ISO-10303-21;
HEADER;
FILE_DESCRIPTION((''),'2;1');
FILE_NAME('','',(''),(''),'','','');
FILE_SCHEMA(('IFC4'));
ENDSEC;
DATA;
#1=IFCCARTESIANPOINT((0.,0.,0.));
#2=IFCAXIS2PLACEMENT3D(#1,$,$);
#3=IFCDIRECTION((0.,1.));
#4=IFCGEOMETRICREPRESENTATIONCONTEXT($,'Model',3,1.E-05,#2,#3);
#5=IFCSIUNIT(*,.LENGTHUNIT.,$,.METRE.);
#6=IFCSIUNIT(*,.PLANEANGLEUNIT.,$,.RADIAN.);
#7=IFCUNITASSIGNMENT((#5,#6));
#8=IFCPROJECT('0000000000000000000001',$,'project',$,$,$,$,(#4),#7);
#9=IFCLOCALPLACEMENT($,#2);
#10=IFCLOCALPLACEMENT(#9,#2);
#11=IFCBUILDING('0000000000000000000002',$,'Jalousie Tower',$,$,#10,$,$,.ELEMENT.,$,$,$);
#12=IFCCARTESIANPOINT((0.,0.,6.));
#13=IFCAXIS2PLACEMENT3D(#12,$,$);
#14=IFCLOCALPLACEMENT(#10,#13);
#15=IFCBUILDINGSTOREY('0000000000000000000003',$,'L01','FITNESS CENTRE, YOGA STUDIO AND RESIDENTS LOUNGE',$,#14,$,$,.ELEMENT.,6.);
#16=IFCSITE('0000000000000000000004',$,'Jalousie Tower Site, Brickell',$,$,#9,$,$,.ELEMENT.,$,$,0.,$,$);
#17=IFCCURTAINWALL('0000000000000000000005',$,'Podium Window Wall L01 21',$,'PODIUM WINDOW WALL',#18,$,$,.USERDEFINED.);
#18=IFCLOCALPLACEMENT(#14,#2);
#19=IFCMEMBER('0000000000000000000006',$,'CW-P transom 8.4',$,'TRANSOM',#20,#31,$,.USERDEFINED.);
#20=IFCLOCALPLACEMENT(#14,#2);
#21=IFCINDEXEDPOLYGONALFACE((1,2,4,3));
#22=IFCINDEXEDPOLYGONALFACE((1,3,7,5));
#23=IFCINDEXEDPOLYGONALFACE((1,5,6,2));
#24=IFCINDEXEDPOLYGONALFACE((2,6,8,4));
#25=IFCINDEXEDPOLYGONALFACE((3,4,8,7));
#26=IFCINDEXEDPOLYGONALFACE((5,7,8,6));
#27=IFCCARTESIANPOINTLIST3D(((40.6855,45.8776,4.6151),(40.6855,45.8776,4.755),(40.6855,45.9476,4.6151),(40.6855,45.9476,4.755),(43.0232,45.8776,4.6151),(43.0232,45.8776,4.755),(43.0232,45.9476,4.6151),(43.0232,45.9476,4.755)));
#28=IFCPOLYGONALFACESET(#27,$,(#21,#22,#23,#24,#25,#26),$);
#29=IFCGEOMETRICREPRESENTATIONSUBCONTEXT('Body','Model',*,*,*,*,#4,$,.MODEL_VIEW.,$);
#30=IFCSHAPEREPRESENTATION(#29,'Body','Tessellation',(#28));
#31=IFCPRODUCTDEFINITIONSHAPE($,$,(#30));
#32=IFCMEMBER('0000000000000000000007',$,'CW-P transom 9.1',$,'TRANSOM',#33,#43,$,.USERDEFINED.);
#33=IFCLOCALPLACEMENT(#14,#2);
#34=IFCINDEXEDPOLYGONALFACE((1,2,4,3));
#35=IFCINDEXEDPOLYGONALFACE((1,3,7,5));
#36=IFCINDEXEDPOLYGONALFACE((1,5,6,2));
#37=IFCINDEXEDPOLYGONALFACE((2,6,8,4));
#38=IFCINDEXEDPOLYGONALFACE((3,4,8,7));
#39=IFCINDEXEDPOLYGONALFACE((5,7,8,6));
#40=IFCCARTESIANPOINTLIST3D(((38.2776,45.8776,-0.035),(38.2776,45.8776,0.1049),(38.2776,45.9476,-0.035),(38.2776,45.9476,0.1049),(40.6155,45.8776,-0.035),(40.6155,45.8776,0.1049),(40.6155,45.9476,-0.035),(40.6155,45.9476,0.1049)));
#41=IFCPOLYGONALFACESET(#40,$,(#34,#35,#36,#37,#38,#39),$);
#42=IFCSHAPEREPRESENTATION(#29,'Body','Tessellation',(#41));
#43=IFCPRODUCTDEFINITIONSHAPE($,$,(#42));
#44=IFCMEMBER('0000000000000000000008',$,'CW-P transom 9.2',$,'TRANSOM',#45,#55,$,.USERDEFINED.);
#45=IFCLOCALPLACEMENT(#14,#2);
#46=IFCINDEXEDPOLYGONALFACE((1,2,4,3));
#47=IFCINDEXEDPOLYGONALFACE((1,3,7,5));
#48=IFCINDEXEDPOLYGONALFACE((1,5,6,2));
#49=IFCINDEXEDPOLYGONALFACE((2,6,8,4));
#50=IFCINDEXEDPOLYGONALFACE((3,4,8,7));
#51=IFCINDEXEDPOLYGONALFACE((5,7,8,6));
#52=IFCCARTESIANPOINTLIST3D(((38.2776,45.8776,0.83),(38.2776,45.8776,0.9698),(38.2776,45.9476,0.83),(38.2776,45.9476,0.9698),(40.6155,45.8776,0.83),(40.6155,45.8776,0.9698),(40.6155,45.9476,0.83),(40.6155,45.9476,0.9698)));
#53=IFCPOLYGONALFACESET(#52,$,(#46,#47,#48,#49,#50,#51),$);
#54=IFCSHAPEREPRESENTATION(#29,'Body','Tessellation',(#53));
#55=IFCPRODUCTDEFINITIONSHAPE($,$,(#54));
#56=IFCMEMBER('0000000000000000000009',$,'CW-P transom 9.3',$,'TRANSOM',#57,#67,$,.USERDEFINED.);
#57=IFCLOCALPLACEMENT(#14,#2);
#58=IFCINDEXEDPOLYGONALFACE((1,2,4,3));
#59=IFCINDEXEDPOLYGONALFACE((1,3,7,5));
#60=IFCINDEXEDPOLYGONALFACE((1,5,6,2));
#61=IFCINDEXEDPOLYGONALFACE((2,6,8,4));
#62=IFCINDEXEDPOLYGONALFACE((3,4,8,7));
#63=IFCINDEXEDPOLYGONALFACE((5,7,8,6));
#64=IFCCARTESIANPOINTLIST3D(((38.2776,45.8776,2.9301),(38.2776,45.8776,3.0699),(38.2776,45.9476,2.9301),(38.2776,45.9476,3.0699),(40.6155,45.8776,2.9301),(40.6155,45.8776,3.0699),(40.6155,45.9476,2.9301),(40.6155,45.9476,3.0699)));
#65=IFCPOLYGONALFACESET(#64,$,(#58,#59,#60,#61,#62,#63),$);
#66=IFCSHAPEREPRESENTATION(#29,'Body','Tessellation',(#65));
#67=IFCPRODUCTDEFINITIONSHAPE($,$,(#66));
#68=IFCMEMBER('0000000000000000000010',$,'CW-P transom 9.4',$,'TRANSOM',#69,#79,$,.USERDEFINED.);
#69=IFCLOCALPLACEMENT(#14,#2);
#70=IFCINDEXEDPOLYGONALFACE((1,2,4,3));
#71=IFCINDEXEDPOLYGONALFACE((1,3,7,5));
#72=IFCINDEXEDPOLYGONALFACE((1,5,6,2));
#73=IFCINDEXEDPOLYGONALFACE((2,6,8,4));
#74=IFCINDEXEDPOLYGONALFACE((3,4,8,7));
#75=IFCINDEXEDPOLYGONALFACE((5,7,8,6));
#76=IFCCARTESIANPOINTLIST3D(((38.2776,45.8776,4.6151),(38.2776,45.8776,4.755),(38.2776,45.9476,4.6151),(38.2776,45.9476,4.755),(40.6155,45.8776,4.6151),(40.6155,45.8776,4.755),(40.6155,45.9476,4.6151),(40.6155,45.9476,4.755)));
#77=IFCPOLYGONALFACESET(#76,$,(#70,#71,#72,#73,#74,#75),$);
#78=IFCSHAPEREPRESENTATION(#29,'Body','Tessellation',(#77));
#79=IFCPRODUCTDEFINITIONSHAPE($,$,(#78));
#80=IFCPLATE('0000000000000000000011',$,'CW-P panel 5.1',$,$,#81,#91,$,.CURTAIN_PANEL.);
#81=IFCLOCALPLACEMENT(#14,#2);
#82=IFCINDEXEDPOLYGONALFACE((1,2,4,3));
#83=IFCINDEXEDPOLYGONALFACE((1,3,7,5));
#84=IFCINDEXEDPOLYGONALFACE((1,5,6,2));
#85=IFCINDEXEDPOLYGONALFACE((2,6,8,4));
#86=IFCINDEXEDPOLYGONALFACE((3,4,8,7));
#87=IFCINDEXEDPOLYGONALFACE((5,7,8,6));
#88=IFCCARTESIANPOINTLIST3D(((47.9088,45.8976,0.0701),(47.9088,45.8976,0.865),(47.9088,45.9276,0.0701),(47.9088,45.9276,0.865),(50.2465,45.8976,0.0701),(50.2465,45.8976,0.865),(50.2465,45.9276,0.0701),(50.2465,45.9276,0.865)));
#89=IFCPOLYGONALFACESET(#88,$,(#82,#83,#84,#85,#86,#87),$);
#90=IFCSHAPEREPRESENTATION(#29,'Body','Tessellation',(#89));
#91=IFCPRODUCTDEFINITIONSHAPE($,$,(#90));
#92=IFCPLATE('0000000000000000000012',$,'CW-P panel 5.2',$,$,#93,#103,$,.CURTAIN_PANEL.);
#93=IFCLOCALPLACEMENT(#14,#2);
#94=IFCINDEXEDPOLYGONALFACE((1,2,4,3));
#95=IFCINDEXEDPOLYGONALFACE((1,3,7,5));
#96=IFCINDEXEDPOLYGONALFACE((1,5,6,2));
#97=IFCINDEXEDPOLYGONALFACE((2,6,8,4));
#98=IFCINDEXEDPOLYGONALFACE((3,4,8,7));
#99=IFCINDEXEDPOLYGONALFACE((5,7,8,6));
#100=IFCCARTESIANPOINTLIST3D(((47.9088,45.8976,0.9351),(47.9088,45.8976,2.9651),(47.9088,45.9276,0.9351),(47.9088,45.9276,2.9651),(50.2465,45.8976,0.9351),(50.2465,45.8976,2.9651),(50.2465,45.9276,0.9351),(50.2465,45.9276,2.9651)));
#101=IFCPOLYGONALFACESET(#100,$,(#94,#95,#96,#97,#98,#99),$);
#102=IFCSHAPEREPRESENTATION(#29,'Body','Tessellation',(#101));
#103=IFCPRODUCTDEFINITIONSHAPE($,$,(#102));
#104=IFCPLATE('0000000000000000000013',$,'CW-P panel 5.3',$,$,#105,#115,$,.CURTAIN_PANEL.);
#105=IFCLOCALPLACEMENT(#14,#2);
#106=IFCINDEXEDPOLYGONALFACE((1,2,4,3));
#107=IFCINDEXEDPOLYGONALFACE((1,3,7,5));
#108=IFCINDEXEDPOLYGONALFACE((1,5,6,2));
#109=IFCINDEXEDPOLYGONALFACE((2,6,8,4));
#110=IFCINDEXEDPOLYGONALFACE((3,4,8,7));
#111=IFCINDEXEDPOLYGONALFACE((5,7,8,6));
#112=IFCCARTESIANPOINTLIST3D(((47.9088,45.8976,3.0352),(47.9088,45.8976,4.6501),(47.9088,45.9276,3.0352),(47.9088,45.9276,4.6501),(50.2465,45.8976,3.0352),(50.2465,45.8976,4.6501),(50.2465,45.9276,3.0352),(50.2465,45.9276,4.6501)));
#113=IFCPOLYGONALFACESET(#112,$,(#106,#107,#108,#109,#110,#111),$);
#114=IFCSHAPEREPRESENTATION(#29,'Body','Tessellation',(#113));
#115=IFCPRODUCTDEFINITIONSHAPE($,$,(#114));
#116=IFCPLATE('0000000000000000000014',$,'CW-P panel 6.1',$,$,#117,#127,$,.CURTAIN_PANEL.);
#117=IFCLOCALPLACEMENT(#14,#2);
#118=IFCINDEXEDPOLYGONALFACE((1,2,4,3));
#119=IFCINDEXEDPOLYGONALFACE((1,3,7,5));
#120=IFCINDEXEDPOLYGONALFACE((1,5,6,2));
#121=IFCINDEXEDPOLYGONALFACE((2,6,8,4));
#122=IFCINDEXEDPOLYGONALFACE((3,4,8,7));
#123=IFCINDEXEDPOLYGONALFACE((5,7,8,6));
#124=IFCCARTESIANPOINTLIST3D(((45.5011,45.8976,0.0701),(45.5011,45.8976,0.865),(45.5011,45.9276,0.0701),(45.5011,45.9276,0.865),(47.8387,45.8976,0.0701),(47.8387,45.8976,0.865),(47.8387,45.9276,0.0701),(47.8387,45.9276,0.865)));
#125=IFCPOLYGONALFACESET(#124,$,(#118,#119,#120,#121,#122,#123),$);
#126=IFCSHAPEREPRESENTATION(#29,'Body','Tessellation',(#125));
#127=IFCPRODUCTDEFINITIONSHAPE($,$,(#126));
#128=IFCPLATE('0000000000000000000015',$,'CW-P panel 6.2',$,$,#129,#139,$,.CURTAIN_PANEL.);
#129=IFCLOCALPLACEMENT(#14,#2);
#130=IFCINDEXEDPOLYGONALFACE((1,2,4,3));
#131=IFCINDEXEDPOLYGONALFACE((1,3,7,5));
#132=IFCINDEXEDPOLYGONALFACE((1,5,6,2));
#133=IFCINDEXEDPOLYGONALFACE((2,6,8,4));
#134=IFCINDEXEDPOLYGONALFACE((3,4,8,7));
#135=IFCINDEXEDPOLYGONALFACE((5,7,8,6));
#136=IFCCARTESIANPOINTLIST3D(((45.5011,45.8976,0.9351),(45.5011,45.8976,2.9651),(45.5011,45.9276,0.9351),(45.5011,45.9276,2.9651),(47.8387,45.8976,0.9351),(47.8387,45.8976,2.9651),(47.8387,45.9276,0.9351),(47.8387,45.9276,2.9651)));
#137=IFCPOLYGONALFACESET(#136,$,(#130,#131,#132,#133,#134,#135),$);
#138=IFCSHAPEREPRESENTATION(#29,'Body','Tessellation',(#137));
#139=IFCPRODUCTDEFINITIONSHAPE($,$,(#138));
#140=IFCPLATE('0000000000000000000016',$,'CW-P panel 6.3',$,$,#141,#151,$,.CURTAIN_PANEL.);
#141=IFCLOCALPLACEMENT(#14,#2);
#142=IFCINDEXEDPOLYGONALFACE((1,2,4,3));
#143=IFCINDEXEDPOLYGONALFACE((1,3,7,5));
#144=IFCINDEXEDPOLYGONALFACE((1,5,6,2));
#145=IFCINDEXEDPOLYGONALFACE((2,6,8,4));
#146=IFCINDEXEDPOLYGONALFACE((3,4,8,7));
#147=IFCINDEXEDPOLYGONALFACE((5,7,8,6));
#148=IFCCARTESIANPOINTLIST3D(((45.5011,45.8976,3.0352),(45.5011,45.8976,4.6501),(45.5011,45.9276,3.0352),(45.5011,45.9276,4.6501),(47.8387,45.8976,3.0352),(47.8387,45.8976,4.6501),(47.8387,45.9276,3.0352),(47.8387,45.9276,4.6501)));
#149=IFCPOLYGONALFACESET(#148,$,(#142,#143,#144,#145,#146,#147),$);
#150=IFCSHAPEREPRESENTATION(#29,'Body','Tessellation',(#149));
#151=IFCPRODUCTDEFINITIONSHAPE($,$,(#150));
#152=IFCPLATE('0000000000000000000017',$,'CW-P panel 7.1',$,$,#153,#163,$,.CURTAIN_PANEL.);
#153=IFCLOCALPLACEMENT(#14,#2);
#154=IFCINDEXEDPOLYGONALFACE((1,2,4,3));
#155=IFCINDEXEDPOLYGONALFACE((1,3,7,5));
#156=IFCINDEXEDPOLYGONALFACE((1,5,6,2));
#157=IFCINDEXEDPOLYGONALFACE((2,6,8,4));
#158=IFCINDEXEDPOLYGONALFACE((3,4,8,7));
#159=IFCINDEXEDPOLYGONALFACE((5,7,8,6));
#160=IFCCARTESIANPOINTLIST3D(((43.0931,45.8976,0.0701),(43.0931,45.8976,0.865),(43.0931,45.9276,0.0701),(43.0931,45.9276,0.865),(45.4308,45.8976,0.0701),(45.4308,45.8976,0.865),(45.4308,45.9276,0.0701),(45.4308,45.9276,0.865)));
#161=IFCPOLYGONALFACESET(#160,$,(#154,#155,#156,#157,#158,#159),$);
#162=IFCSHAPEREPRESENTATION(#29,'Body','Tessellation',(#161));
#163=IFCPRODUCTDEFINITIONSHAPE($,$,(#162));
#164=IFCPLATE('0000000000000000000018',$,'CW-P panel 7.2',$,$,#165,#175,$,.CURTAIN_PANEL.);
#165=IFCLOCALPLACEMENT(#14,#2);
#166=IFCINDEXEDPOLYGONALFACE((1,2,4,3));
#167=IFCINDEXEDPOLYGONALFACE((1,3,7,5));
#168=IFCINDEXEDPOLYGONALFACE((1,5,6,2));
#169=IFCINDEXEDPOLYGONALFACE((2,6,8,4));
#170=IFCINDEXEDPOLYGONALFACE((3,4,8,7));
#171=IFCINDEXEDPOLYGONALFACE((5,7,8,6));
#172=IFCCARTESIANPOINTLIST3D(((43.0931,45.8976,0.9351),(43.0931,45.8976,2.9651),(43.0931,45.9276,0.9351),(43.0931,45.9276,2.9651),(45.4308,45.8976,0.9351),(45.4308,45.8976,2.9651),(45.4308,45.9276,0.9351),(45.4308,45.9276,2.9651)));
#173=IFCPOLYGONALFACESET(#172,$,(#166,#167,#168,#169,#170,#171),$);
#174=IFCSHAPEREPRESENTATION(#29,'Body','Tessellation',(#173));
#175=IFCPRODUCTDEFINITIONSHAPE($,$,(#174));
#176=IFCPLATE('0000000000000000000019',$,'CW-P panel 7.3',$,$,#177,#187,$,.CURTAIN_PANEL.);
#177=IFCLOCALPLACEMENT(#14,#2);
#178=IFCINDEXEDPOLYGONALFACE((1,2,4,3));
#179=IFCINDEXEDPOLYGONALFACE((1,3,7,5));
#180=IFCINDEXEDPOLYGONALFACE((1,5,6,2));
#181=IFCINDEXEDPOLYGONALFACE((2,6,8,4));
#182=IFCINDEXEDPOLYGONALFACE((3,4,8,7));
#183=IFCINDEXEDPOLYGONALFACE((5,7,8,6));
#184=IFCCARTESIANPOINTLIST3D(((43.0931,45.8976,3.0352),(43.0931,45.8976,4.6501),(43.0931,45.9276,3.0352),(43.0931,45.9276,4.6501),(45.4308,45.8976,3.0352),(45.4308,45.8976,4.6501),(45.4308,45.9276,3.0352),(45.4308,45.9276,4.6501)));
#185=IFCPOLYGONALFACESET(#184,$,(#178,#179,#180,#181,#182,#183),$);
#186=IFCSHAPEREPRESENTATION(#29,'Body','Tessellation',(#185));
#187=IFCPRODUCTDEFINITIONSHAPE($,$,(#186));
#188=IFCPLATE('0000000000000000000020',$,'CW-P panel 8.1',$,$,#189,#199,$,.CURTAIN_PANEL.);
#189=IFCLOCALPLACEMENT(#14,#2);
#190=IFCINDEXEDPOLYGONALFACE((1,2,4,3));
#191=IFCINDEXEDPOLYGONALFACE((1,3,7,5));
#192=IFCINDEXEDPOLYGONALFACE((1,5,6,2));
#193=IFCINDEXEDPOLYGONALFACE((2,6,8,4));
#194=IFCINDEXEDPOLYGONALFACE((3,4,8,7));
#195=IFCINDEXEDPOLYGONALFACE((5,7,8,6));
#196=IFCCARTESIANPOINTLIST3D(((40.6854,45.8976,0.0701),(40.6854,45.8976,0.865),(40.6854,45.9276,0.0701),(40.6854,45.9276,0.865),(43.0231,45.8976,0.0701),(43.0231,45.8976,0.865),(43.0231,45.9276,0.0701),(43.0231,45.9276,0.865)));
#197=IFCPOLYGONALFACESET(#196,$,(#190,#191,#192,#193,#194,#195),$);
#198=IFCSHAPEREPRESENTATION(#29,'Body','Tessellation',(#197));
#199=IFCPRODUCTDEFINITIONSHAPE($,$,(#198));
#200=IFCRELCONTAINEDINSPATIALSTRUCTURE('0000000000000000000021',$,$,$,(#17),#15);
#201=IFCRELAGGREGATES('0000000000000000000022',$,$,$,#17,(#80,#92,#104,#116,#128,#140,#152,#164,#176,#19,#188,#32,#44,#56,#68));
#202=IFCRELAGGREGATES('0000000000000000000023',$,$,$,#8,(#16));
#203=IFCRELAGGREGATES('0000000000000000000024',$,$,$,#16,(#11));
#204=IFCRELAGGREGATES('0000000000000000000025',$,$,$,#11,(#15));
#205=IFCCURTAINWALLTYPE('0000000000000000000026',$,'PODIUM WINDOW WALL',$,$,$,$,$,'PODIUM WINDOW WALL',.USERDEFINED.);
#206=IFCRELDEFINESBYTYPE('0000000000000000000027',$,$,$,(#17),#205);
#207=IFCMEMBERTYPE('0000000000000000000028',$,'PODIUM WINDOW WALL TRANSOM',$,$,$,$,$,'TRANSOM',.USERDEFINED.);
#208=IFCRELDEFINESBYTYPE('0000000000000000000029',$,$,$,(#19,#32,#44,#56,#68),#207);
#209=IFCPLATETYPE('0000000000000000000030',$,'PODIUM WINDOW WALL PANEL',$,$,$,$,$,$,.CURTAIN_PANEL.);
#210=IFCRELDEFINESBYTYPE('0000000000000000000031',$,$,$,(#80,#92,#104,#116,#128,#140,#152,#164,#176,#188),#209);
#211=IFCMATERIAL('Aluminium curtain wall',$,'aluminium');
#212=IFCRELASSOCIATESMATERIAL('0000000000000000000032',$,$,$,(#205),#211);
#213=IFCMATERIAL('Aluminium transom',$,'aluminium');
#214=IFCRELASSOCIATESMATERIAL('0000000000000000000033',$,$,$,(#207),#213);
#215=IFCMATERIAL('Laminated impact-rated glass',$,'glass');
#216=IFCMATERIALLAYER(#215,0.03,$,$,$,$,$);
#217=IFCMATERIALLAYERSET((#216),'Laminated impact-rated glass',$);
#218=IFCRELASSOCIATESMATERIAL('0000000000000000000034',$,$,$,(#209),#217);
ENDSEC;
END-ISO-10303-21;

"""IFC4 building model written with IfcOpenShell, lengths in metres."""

from ifc_helpers import new_model, si_unit, direction, frame, origin, origin_2d, place, context, subcontext, project, spatial, rectangle, extrude, material, layer, layer_set, material_profile, profile_set, type_object, element, aggregate, save


model = new_model("IFC4")

# Units and contexts
model_context = context("Model", 3, precision=1e-05, world=origin(), true_north=direction((0.0, 1.0)))
body_context = subcontext(model_context, "Body", "Model", "MODEL_VIEW")
ifc_project = project(units=[si_unit("LENGTHUNIT", "METRE"), si_unit("PLANEANGLEUNIT", "RADIAN")], contexts=[model_context])

# Site, building, storey
site_placement = place(None, origin())
site = spatial("IfcSite", under=ifc_project, at=site_placement, Name="Jalousie Tower Site, Brickell", CompositionType="ELEMENT", RefElevation=0.0)
building_placement = place(site_placement, origin())
building = spatial("IfcBuilding", under=site, at=building_placement, Name="Jalousie Tower", CompositionType="ELEMENT")
storey_placement = place(building_placement, frame((0.0, 0.0, 6.0)))
storey = spatial("IfcBuildingStorey", under=building, at=storey_placement, Name="L01", Description="FITNESS CENTRE, YOGA STUDIO AND RESIDENTS LOUNGE", CompositionType="ELEMENT", Elevation=6.0)

# Curtain wall, members, plates
ifc_material_1 = material(Name="Aluminium curtain wall", Category="aluminium")
curtain_wall_type = type_object("IfcCurtainWallType", Name="PODIUM WINDOW WALL", ElementType="PODIUM WINDOW WALL", PredefinedType="USERDEFINED", material=ifc_material_1)
curtain_wall_placement = place(storey_placement, origin())
curtain_wall = element("IfcCurtainWall", 1, at=curtain_wall_placement, inside=storey, type_object=curtain_wall_type, Name="Podium Window Wall L01 21", ObjectType="PODIUM WINDOW WALL", PredefinedType="USERDEFINED")
ifc_material_2 = material(Name="Aluminium transom", Category="aluminium")
ifc_material_profile_1 = material_profile(ifc_material_2, rectangle(XDim=0.0701, YDim=0.1399, at=origin_2d()), Name="TRANSOM 70x140")
ifc_profile_set_1 = profile_set([ifc_material_profile_1], Name="Aluminium transom")
member_type_1 = type_object("IfcMemberType", Name="PODIUM WINDOW WALL TRANSOM", ElementType="TRANSOM", PredefinedType="USERDEFINED", material=ifc_profile_set_1)
member_1_placement = place(storey_placement, frame((43.0232, 45.9126, 4.6851), z_axis=(-1.0, 0.0, 0.0), x_axis=(0.0, -1.0, 0.0)))
member_1 = element("IfcMember", 2, at=member_1_placement, type_object=member_type_1, Name="CW-P transom 8.4", ObjectType="TRANSOM", PredefinedType="USERDEFINED", context=body_context, shape_type="SweptSolid", body=[
    extrude(rectangle(XDim=0.0701, YDim=0.1399, at=origin_2d()), origin(), (0.0, 0.0, 1.0), 2.3376),
])
member_2_placement = place(storey_placement, frame((40.6155, 45.9126, 0.0349), z_axis=(-1.0, 0.0, 0.0), x_axis=(0.0, -1.0, 0.0)))
member_2 = element("IfcMember", 3, at=member_2_placement, type_object=member_type_1, Name="CW-P transom 9.1", ObjectType="TRANSOM", PredefinedType="USERDEFINED", context=body_context, shape_type="SweptSolid", body=[
    extrude(rectangle(XDim=0.0701, YDim=0.1399, at=origin_2d()), origin(), (0.0, 0.0, 1.0), 2.3379),
])
member_3_placement = place(storey_placement, frame((40.6155, 45.9126, 0.8999), z_axis=(-1.0, 0.0, 0.0), x_axis=(0.0, -1.0, 0.0)))
member_3 = element("IfcMember", 4, at=member_3_placement, type_object=member_type_1, Name="CW-P transom 9.2", ObjectType="TRANSOM", PredefinedType="USERDEFINED", context=body_context, shape_type="SweptSolid", body=[
    extrude(rectangle(XDim=0.0701, YDim=0.1399, at=origin_2d()), origin(), (0.0, 0.0, 1.0), 2.3379),
])
member_4_placement = place(storey_placement, frame((40.6155, 45.9126, 3.0), z_axis=(-1.0, 0.0, 0.0), x_axis=(0.0, -1.0, 0.0)))
member_4 = element("IfcMember", 5, at=member_4_placement, type_object=member_type_1, Name="CW-P transom 9.3", ObjectType="TRANSOM", PredefinedType="USERDEFINED", context=body_context, shape_type="SweptSolid", body=[
    extrude(rectangle(XDim=0.0701, YDim=0.1399, at=origin_2d()), origin(), (0.0, 0.0, 1.0), 2.3379),
])
member_5_placement = place(storey_placement, frame((40.6155, 45.9126, 4.6851), z_axis=(-1.0, 0.0, 0.0), x_axis=(0.0, -1.0, 0.0)))
member_5 = element("IfcMember", 6, at=member_5_placement, type_object=member_type_1, Name="CW-P transom 9.4", ObjectType="TRANSOM", PredefinedType="USERDEFINED", context=body_context, shape_type="SweptSolid", body=[
    extrude(rectangle(XDim=0.0701, YDim=0.1399, at=origin_2d()), origin(), (0.0, 0.0, 1.0), 2.3379),
])
ifc_material_3 = material(Name="Laminated impact-rated glass", Category="glass")
ifc_layer = layer(ifc_material_3, 0.03)
ifc_layer_set = layer_set([ifc_layer], Name="Laminated impact-rated glass")
plate_type = type_object("IfcPlateType", Name="PODIUM WINDOW WALL PANEL", PredefinedType="CURTAIN_PANEL", material=ifc_layer_set)
plate_1_placement = place(storey_placement, frame((49.0776, 45.9126, 0.0701), z_axis=(0.0, 0.0, 1.0), x_axis=(-1.0, 0.0, 0.0)))
plate_1 = element("IfcPlate", 7, at=plate_1_placement, type_object=plate_type, Name="CW-P panel 5.1", PredefinedType="CURTAIN_PANEL", context=body_context, shape_type="SweptSolid", body=[
    extrude(rectangle(XDim=2.3376, YDim=0.03, at=origin_2d()), origin(), (0.0, 0.0, 1.0), 0.7949),
])
plate_2_placement = place(storey_placement, frame((49.0776, 45.9126, 0.9351), z_axis=(0.0, 0.0, 1.0), x_axis=(-1.0, 0.0, 0.0)))
plate_2 = element("IfcPlate", 8, at=plate_2_placement, type_object=plate_type, Name="CW-P panel 5.2", PredefinedType="CURTAIN_PANEL", context=body_context, shape_type="SweptSolid", body=[
    extrude(rectangle(XDim=2.3376, YDim=0.03, at=origin_2d()), origin(), (0.0, 0.0, 1.0), 2.03),
])
plate_3_placement = place(storey_placement, frame((49.0776, 45.9126, 3.0352), z_axis=(0.0, 0.0, 1.0), x_axis=(-1.0, 0.0, 0.0)))
plate_3 = element("IfcPlate", 9, at=plate_3_placement, type_object=plate_type, Name="CW-P panel 5.3", PredefinedType="CURTAIN_PANEL", context=body_context, shape_type="SweptSolid", body=[
    extrude(rectangle(XDim=2.3376, YDim=0.03, at=origin_2d()), origin(), (0.0, 0.0, 1.0), 1.615),
])
plate_4_placement = place(storey_placement, frame((46.6699, 45.9126, 0.0701), z_axis=(0.0, 0.0, 1.0), x_axis=(-1.0, 0.0, 0.0)))
plate_4 = element("IfcPlate", 10, at=plate_4_placement, type_object=plate_type, Name="CW-P panel 6.1", PredefinedType="CURTAIN_PANEL", context=body_context, shape_type="SweptSolid", body=[
    extrude(rectangle(XDim=2.3376, YDim=0.03, at=origin_2d()), origin(), (0.0, 0.0, 1.0), 0.7949),
])
plate_5_placement = place(storey_placement, frame((46.6699, 45.9126, 0.9351), z_axis=(0.0, 0.0, 1.0), x_axis=(-1.0, 0.0, 0.0)))
plate_5 = element("IfcPlate", 11, at=plate_5_placement, type_object=plate_type, Name="CW-P panel 6.2", PredefinedType="CURTAIN_PANEL", context=body_context, shape_type="SweptSolid", body=[
    extrude(rectangle(XDim=2.3376, YDim=0.03, at=origin_2d()), origin(), (0.0, 0.0, 1.0), 2.03),
])
plate_6_placement = place(storey_placement, frame((46.6699, 45.9126, 3.0352), z_axis=(0.0, 0.0, 1.0), x_axis=(-1.0, 0.0, 0.0)))
plate_6 = element("IfcPlate", 12, at=plate_6_placement, type_object=plate_type, Name="CW-P panel 6.3", PredefinedType="CURTAIN_PANEL", context=body_context, shape_type="SweptSolid", body=[
    extrude(rectangle(XDim=2.3376, YDim=0.03, at=origin_2d()), origin(), (0.0, 0.0, 1.0), 1.615),
])
plate_7_placement = place(storey_placement, frame((44.262, 45.9126, 0.0701), z_axis=(0.0, 0.0, 1.0), x_axis=(-1.0, 0.0, 0.0)))
plate_7 = element("IfcPlate", 13, at=plate_7_placement, type_object=plate_type, Name="CW-P panel 7.1", PredefinedType="CURTAIN_PANEL", context=body_context, shape_type="SweptSolid", body=[
    extrude(rectangle(XDim=2.3376, YDim=0.03, at=origin_2d()), origin(), (0.0, 0.0, 1.0), 0.7949),
])
plate_8_placement = place(storey_placement, frame((44.262, 45.9126, 0.9351), z_axis=(0.0, 0.0, 1.0), x_axis=(-1.0, 0.0, 0.0)))
plate_8 = element("IfcPlate", 14, at=plate_8_placement, type_object=plate_type, Name="CW-P panel 7.2", PredefinedType="CURTAIN_PANEL", context=body_context, shape_type="SweptSolid", body=[
    extrude(rectangle(XDim=2.3376, YDim=0.03, at=origin_2d()), origin(), (0.0, 0.0, 1.0), 2.03),
])
plate_9_placement = place(storey_placement, frame((44.262, 45.9126, 3.0352), z_axis=(0.0, 0.0, 1.0), x_axis=(-1.0, 0.0, 0.0)))
plate_9 = element("IfcPlate", 15, at=plate_9_placement, type_object=plate_type, Name="CW-P panel 7.3", PredefinedType="CURTAIN_PANEL", context=body_context, shape_type="SweptSolid", body=[
    extrude(rectangle(XDim=2.3376, YDim=0.03, at=origin_2d()), origin(), (0.0, 0.0, 1.0), 1.615),
])
plate_10_placement = place(storey_placement, frame((41.8542, 45.9126, 0.0701), z_axis=(0.0, 0.0, 1.0), x_axis=(-1.0, 0.0, 0.0)))
plate_10 = element("IfcPlate", 16, at=plate_10_placement, type_object=plate_type, Name="CW-P panel 8.1", PredefinedType="CURTAIN_PANEL", context=body_context, shape_type="SweptSolid", body=[
    extrude(rectangle(XDim=2.3376, YDim=0.03, at=origin_2d()), origin(), (0.0, 0.0, 1.0), 0.7949),
])
aggregate(curtain_wall, [plate_1, plate_2, plate_3, plate_4, plate_5, plate_6, plate_7, plate_8, plate_9, member_1, plate_10, member_2, member_3, member_4, member_5])

save(model, "model.ifc")
